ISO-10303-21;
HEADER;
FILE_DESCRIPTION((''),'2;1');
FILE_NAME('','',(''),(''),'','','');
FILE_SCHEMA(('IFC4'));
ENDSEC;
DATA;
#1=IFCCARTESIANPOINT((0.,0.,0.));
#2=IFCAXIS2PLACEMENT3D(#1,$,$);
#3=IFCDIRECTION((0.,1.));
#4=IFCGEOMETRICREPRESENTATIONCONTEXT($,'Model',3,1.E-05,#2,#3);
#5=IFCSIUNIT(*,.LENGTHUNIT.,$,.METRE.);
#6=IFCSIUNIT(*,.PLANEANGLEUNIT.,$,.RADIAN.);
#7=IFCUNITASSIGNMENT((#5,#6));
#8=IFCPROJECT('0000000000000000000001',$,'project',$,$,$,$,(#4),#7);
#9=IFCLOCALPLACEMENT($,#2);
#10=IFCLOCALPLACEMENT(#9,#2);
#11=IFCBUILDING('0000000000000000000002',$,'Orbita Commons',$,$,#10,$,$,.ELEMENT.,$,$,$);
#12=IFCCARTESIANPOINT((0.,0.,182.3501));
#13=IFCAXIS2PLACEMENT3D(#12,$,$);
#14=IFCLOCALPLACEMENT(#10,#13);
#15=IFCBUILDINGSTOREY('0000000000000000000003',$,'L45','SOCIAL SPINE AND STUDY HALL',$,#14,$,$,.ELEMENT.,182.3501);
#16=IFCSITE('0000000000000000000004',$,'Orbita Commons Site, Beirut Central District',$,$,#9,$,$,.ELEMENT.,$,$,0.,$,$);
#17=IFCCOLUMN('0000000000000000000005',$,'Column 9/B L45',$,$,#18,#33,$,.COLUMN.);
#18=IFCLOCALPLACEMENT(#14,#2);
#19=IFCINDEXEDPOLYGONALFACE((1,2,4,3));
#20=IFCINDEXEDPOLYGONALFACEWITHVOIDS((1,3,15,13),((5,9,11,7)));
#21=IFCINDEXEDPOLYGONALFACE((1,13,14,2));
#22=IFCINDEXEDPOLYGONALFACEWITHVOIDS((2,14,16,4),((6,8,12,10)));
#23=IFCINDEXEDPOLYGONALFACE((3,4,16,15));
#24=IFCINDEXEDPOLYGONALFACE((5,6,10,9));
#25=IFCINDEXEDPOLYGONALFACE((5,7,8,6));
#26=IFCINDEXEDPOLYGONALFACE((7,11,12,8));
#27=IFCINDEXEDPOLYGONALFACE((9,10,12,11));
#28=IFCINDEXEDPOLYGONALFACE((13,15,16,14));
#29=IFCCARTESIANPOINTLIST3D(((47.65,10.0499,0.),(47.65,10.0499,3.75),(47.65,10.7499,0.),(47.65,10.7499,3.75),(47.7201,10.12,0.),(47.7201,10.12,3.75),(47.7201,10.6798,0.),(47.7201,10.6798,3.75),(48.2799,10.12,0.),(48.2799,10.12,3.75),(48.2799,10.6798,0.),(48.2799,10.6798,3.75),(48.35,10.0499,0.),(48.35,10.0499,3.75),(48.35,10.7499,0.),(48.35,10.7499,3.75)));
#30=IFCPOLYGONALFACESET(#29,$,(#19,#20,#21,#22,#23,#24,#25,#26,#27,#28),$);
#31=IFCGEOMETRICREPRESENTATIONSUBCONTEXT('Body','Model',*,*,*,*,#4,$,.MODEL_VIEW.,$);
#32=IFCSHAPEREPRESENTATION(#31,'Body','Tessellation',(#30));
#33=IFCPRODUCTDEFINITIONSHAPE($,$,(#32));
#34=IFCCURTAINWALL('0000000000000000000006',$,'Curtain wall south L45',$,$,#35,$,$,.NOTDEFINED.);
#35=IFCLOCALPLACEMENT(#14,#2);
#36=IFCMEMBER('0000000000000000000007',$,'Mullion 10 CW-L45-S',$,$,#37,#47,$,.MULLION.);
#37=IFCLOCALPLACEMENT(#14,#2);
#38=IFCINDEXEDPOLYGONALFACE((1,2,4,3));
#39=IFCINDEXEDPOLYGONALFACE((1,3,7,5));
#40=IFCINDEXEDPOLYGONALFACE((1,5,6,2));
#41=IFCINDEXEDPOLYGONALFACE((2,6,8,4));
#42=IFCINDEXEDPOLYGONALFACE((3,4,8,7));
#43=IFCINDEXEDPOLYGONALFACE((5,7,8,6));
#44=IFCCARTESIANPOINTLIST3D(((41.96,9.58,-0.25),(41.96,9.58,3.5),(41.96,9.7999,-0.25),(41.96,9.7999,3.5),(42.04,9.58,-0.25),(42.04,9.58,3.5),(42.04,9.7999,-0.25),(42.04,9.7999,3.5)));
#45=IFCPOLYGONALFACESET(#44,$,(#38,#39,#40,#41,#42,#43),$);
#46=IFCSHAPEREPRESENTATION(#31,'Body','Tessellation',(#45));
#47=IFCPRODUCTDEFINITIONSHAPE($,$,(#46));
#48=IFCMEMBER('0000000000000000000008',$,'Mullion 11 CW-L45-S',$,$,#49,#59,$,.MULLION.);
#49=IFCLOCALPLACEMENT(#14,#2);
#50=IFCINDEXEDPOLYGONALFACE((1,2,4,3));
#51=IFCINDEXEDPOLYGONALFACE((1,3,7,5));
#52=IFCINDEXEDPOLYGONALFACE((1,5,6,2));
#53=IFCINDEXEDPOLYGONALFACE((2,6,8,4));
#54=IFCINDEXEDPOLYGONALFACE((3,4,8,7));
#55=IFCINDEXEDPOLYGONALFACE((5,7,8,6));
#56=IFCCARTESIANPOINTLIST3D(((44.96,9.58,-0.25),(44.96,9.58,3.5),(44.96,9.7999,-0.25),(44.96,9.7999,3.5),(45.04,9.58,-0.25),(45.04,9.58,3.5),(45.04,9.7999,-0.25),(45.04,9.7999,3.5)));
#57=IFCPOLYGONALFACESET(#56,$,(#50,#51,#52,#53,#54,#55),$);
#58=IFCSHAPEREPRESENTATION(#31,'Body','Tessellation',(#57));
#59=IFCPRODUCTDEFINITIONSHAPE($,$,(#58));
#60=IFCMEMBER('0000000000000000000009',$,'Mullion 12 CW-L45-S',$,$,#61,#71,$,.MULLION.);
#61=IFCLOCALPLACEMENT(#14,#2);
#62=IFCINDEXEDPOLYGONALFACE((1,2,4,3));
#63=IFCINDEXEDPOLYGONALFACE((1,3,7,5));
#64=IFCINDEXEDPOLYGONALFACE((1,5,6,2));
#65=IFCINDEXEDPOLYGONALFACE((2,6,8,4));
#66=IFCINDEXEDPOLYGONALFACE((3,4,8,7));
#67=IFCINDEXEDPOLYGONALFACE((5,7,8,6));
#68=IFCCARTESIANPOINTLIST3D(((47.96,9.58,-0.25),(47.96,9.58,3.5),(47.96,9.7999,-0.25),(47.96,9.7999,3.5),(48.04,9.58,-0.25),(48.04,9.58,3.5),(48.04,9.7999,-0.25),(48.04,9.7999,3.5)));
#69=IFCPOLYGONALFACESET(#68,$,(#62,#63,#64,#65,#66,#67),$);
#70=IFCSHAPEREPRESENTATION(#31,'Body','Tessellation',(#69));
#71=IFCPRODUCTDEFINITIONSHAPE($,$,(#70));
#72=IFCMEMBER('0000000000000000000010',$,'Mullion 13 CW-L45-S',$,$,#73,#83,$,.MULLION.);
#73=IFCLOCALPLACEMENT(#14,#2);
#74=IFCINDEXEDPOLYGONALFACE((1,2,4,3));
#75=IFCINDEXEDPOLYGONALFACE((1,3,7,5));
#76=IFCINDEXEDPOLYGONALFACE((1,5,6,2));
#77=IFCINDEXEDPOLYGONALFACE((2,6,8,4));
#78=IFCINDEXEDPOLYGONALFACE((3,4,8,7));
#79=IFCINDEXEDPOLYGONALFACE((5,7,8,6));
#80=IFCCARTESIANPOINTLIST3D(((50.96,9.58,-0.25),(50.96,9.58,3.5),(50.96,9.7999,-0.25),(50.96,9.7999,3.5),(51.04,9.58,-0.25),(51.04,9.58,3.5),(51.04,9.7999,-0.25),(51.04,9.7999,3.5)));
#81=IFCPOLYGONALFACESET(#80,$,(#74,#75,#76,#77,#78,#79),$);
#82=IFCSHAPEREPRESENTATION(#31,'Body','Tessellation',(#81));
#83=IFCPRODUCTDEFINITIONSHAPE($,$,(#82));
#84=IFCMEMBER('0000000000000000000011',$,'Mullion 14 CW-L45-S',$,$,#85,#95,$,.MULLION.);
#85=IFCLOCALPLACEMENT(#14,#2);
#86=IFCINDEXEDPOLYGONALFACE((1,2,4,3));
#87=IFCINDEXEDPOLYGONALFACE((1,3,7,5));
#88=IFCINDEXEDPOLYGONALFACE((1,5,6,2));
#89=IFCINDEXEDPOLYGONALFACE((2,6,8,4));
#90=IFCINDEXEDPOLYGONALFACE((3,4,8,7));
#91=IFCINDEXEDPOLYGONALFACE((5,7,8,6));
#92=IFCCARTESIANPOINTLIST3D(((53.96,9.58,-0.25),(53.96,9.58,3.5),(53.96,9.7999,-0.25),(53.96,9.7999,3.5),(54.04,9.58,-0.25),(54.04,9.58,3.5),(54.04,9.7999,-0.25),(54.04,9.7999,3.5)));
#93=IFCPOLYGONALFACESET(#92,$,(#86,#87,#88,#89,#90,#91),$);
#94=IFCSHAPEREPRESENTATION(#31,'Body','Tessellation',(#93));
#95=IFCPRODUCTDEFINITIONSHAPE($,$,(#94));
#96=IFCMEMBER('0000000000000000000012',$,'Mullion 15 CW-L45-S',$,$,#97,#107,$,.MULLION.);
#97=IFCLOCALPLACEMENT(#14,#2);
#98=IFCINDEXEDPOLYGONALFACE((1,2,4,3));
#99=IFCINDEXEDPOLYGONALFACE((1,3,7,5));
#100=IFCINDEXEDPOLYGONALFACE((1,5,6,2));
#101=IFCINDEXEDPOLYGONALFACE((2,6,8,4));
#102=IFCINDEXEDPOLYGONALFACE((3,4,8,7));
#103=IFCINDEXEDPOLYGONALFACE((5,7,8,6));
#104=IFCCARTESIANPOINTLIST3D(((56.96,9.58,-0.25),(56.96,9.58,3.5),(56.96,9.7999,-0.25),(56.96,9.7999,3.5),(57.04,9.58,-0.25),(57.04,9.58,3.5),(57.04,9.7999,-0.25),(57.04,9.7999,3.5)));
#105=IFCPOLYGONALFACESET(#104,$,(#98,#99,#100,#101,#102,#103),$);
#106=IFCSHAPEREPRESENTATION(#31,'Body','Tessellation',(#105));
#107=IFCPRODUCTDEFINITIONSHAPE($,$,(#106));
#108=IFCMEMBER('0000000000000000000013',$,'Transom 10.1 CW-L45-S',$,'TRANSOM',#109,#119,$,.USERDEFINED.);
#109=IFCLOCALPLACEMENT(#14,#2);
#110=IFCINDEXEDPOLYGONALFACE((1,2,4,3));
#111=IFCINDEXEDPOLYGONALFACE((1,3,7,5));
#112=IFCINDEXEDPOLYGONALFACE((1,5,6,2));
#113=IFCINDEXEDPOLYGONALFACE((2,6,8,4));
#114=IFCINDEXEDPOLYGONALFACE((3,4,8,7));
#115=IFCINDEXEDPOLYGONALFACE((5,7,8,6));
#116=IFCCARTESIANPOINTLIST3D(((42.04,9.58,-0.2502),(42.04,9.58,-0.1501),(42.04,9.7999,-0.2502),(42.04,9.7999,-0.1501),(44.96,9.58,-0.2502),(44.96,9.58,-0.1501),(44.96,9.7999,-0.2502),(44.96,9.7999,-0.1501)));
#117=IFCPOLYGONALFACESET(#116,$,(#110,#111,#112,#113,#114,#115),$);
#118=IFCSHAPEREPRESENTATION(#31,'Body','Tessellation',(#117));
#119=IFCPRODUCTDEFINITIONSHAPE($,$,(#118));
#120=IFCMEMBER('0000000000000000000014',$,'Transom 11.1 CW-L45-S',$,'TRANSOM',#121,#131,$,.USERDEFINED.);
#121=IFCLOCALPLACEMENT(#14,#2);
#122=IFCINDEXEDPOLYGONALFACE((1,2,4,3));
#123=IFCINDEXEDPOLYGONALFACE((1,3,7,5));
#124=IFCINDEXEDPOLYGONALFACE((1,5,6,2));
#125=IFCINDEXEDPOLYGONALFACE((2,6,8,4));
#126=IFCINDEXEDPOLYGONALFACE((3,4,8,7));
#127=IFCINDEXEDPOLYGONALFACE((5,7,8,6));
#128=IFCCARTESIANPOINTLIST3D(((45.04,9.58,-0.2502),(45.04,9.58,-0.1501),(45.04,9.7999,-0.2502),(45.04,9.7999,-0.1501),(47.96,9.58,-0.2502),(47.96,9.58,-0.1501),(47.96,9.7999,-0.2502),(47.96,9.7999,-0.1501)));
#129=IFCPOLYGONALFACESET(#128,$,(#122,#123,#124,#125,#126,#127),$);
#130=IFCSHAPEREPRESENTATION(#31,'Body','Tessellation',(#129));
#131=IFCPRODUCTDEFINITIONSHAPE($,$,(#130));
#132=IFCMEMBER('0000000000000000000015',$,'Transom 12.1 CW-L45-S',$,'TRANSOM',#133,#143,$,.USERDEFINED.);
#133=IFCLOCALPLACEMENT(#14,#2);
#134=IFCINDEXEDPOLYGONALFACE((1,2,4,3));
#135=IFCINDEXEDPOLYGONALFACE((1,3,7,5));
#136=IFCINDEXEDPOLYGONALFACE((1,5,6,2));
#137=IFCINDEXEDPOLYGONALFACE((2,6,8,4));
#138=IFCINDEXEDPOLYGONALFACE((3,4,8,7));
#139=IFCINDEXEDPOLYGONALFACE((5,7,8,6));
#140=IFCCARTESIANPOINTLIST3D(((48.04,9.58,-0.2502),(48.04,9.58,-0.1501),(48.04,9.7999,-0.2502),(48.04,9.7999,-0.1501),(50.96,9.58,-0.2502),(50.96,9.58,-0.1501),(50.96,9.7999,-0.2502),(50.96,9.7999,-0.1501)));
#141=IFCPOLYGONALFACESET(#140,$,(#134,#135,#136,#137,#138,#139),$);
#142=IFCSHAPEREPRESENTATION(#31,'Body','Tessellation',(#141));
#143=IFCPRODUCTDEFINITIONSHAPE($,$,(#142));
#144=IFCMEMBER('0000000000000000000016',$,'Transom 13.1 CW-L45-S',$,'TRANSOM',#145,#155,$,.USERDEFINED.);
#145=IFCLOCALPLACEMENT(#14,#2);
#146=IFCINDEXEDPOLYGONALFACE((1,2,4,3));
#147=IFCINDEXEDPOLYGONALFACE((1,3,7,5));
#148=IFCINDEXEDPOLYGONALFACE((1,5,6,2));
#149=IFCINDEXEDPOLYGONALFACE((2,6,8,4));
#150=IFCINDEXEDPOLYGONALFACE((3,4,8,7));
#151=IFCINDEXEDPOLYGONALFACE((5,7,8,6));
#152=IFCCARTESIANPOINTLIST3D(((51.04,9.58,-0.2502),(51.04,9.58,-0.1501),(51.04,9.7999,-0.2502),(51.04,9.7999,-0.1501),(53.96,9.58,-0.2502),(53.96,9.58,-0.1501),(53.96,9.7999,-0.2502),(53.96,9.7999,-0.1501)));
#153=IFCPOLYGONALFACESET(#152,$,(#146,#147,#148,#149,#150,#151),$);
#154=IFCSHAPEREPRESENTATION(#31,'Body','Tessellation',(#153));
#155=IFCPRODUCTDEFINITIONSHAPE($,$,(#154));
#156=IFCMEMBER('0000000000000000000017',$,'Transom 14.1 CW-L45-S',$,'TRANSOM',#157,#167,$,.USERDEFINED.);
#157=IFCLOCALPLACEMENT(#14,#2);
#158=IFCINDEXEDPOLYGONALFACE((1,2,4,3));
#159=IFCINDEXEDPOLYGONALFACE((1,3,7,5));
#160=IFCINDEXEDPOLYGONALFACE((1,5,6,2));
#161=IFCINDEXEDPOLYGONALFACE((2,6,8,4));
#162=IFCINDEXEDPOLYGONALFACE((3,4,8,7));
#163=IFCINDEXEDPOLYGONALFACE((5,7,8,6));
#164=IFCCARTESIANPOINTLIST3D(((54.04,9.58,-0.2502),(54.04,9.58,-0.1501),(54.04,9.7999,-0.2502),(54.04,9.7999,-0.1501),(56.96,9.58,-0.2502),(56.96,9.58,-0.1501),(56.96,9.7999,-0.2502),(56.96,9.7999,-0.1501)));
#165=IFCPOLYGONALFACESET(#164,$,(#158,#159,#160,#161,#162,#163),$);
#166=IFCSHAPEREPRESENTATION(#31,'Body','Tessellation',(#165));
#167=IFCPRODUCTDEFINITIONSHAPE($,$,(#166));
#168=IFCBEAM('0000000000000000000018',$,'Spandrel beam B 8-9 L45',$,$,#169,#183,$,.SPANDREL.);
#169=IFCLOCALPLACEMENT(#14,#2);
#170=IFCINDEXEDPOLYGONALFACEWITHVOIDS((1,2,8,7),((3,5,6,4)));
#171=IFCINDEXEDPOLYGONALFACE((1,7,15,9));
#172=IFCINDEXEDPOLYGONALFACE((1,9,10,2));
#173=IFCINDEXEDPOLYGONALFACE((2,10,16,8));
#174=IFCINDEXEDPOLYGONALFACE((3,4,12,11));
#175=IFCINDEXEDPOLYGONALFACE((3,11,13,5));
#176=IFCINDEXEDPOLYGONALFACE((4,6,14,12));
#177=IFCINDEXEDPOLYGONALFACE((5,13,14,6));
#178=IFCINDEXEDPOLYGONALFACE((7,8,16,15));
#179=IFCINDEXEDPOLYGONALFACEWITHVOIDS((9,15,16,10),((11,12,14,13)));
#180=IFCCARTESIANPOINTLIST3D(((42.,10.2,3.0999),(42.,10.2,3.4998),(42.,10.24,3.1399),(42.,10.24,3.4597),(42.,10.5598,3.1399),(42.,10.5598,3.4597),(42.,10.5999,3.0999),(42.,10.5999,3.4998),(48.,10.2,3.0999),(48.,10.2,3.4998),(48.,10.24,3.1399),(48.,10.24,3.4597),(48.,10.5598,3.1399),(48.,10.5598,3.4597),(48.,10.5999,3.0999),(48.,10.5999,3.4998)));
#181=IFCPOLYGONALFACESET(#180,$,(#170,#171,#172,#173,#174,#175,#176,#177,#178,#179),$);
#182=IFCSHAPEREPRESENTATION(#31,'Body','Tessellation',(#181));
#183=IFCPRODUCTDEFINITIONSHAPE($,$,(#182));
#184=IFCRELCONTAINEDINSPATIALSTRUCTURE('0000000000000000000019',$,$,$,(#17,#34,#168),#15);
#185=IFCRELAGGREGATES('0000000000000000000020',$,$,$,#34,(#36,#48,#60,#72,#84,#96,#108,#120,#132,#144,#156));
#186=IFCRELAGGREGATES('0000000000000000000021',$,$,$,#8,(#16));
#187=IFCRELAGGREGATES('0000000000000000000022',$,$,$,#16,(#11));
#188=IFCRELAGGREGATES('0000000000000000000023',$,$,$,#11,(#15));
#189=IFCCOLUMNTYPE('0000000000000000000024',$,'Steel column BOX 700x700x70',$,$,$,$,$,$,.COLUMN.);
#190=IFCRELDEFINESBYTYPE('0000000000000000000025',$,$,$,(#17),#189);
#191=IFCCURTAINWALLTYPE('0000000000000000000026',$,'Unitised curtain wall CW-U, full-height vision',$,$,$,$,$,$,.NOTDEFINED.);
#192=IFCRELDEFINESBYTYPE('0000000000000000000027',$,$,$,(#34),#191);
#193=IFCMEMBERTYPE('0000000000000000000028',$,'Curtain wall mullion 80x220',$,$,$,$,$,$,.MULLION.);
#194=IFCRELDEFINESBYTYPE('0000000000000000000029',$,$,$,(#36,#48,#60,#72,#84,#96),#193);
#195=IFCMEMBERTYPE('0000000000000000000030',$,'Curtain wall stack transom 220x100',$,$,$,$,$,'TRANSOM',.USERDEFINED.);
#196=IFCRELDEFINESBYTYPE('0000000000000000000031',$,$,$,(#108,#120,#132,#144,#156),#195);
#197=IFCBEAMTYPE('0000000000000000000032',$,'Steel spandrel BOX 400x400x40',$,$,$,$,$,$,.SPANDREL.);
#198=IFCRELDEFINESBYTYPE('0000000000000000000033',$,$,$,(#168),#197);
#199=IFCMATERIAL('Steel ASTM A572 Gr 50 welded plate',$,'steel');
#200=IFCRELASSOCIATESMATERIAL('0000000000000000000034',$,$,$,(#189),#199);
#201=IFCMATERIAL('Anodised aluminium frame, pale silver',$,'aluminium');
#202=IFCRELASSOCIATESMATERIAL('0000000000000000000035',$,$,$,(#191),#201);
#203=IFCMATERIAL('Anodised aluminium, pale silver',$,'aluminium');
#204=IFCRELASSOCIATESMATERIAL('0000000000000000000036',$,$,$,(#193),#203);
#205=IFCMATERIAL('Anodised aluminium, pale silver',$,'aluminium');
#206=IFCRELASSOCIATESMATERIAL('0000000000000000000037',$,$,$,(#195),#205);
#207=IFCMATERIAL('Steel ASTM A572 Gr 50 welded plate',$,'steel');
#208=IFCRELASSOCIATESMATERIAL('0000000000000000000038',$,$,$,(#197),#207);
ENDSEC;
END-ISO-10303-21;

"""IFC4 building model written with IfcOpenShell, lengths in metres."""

from ifc_helpers import new_model, si_unit, direction, frame, origin, origin_2d, place, context, subcontext, project, spatial, rectangle, hollow_rectangle, extrude, material, material_profile, profile_set, type_object, element, aggregate, save


model = new_model("IFC4")

# Units and contexts
model_context = context("Model", 3, precision=1e-05, world=origin(), true_north=direction((0.0, 1.0)))
body_context = subcontext(model_context, "Body", "Model", "MODEL_VIEW")
ifc_project = project(units=[si_unit("LENGTHUNIT", "METRE"), si_unit("PLANEANGLEUNIT", "RADIAN")], contexts=[model_context])

# Site, building, storey
site_placement = place(None, origin())
site = spatial("IfcSite", under=ifc_project, at=site_placement, Name="Orbita Commons Site, Beirut Central District", CompositionType="ELEMENT", RefElevation=0.0)
building_placement = place(site_placement, origin())
building = spatial("IfcBuilding", under=site, at=building_placement, Name="Orbita Commons", CompositionType="ELEMENT")
storey_placement = place(building_placement, frame((0.0, 0.0, 182.3501)))
storey = spatial("IfcBuildingStorey", under=building, at=storey_placement, Name="L45", Description="SOCIAL SPINE AND STUDY HALL", CompositionType="ELEMENT", Elevation=182.3501)

# Column
ifc_material_1 = material(Name="Steel ASTM A572 Gr 50 welded plate", Category="steel")
ifc_material_profile_1 = material_profile(ifc_material_1, hollow_rectangle(XDim=0.7, YDim=0.7, WallThickness=0.0701, at=origin_2d()), Name="BOX 700x700x70")
ifc_profile_set_1 = profile_set([ifc_material_profile_1], Name="Steel ASTM A572 Gr 50 welded plate")
column_type = type_object("IfcColumnType", Name="Steel column BOX 700x700x70", PredefinedType="COLUMN", material=ifc_profile_set_1)
column_placement = place(storey_placement, frame((48.0, 10.3999, 0.0), z_axis=(0.0, 0.0, 1.0), x_axis=(1.0, 0.0, 0.0)))
element("IfcColumn", 1, at=column_placement, inside=storey, type_object=column_type, Name="Column 9/B L45", PredefinedType="COLUMN", context=body_context, shape_type="SweptSolid", body=[
    extrude(hollow_rectangle(XDim=0.7, YDim=0.7, WallThickness=0.0701, at=origin_2d()), origin(), (0.0, 0.0, 1.0), 3.75),
])

# Curtain wall, members
ifc_material_2 = material(Name="Anodised aluminium frame, pale silver", Category="aluminium")
curtain_wall_type = type_object("IfcCurtainWallType", Name="Unitised curtain wall CW-U, full-height vision", PredefinedType="NOTDEFINED", material=ifc_material_2)
curtain_wall_placement = place(storey_placement, origin())
curtain_wall = element("IfcCurtainWall", 2, at=curtain_wall_placement, inside=storey, type_object=curtain_wall_type, Name="Curtain wall south L45", PredefinedType="NOTDEFINED")
ifc_material_3 = material(Name="Anodised aluminium, pale silver", Category="aluminium")
ifc_material_profile_2 = material_profile(ifc_material_3, rectangle(XDim=0.0801, YDim=0.22, at=origin_2d()), Name="AL 80x220")
ifc_profile_set_2 = profile_set([ifc_material_profile_2], Name="Anodised aluminium, pale silver")
member_type_1 = type_object("IfcMemberType", Name="Curtain wall mullion 80x220", PredefinedType="MULLION", material=ifc_profile_set_2)
member_1_placement = place(storey_placement, frame((42.0, 9.6899, -0.25), z_axis=(0.0, 0.0, 1.0), x_axis=(1.0, 0.0, 0.0)))
member_1 = element("IfcMember", 3, at=member_1_placement, type_object=member_type_1, Name="Mullion 10 CW-L45-S", PredefinedType="MULLION", context=body_context, shape_type="SweptSolid", body=[
    extrude(rectangle(XDim=0.0801, YDim=0.22, at=origin_2d()), origin(), (0.0, 0.0, 1.0), 3.75),
])
member_2_placement = place(storey_placement, frame((45.0, 9.6899, -0.25), z_axis=(0.0, 0.0, 1.0), x_axis=(1.0, 0.0, 0.0)))
member_2 = element("IfcMember", 4, at=member_2_placement, type_object=member_type_1, Name="Mullion 11 CW-L45-S", PredefinedType="MULLION", context=body_context, shape_type="SweptSolid", body=[
    extrude(rectangle(XDim=0.0801, YDim=0.22, at=origin_2d()), origin(), (0.0, 0.0, 1.0), 3.75),
])
member_3_placement = place(storey_placement, frame((48.0, 9.6899, -0.25), z_axis=(0.0, 0.0, 1.0), x_axis=(1.0, 0.0, 0.0)))
member_3 = element("IfcMember", 5, at=member_3_placement, type_object=member_type_1, Name="Mullion 12 CW-L45-S", PredefinedType="MULLION", context=body_context, shape_type="SweptSolid", body=[
    extrude(rectangle(XDim=0.0801, YDim=0.22, at=origin_2d()), origin(), (0.0, 0.0, 1.0), 3.75),
])
member_4_placement = place(storey_placement, frame((51.0, 9.6899, -0.25), z_axis=(0.0, 0.0, 1.0), x_axis=(1.0, 0.0, 0.0)))
member_4 = element("IfcMember", 6, at=member_4_placement, type_object=member_type_1, Name="Mullion 13 CW-L45-S", PredefinedType="MULLION", context=body_context, shape_type="SweptSolid", body=[
    extrude(rectangle(XDim=0.0801, YDim=0.22, at=origin_2d()), origin(), (0.0, 0.0, 1.0), 3.75),
])
member_5_placement = place(storey_placement, frame((54.0, 9.6899, -0.25), z_axis=(0.0, 0.0, 1.0), x_axis=(1.0, 0.0, 0.0)))
member_5 = element("IfcMember", 7, at=member_5_placement, type_object=member_type_1, Name="Mullion 14 CW-L45-S", PredefinedType="MULLION", context=body_context, shape_type="SweptSolid", body=[
    extrude(rectangle(XDim=0.0801, YDim=0.22, at=origin_2d()), origin(), (0.0, 0.0, 1.0), 3.75),
])
member_6_placement = place(storey_placement, frame((57.0, 9.6899, -0.25), z_axis=(0.0, 0.0, 1.0), x_axis=(1.0, 0.0, 0.0)))
member_6 = element("IfcMember", 8, at=member_6_placement, type_object=member_type_1, Name="Mullion 15 CW-L45-S", PredefinedType="MULLION", context=body_context, shape_type="SweptSolid", body=[
    extrude(rectangle(XDim=0.0801, YDim=0.22, at=origin_2d()), origin(), (0.0, 0.0, 1.0), 3.75),
])
ifc_material_4 = material(Name="Anodised aluminium, pale silver", Category="aluminium")
ifc_material_profile_3 = material_profile(ifc_material_4, rectangle(XDim=0.22, YDim=0.1001, at=origin_2d()), Name="AL 220x100")
ifc_profile_set_3 = profile_set([ifc_material_profile_3], Name="Anodised aluminium, pale silver")
member_type_2 = type_object("IfcMemberType", Name="Curtain wall stack transom 220x100", ElementType="TRANSOM", PredefinedType="USERDEFINED", material=ifc_profile_set_3)
member_7_placement = place(storey_placement, frame((42.04, 9.6899, -0.2002), z_axis=(1.0, 0.0, 0.0), x_axis=(0.0, 1.0, 0.0)))
member_7 = element("IfcMember", 9, at=member_7_placement, type_object=member_type_2, Name="Transom 10.1 CW-L45-S", ObjectType="TRANSOM", PredefinedType="USERDEFINED", context=body_context, shape_type="SweptSolid", body=[
    extrude(rectangle(XDim=0.22, YDim=0.1001, at=origin_2d()), origin(), (0.0, 0.0, 1.0), 2.9199),
])
member_8_placement = place(storey_placement, frame((45.04, 9.6899, -0.2002), z_axis=(1.0, 0.0, 0.0), x_axis=(0.0, 1.0, 0.0)))
member_8 = element("IfcMember", 10, at=member_8_placement, type_object=member_type_2, Name="Transom 11.1 CW-L45-S", ObjectType="TRANSOM", PredefinedType="USERDEFINED", context=body_context, shape_type="SweptSolid", body=[
    extrude(rectangle(XDim=0.22, YDim=0.1001, at=origin_2d()), origin(), (0.0, 0.0, 1.0), 2.9199),
])
member_9_placement = place(storey_placement, frame((48.04, 9.6899, -0.2002), z_axis=(1.0, 0.0, 0.0), x_axis=(0.0, 1.0, 0.0)))
member_9 = element("IfcMember", 11, at=member_9_placement, type_object=member_type_2, Name="Transom 12.1 CW-L45-S", ObjectType="TRANSOM", PredefinedType="USERDEFINED", context=body_context, shape_type="SweptSolid", body=[
    extrude(rectangle(XDim=0.22, YDim=0.1001, at=origin_2d()), origin(), (0.0, 0.0, 1.0), 2.9199),
])
member_10_placement = place(storey_placement, frame((51.04, 9.6899, -0.2002), z_axis=(1.0, 0.0, 0.0), x_axis=(0.0, 1.0, 0.0)))
member_10 = element("IfcMember", 12, at=member_10_placement, type_object=member_type_2, Name="Transom 13.1 CW-L45-S", ObjectType="TRANSOM", PredefinedType="USERDEFINED", context=body_context, shape_type="SweptSolid", body=[
    extrude(rectangle(XDim=0.22, YDim=0.1001, at=origin_2d()), origin(), (0.0, 0.0, 1.0), 2.9199),
])
member_11_placement = place(storey_placement, frame((54.04, 9.6899, -0.2002), z_axis=(1.0, 0.0, 0.0), x_axis=(0.0, 1.0, 0.0)))
member_11 = element("IfcMember", 13, at=member_11_placement, type_object=member_type_2, Name="Transom 14.1 CW-L45-S", ObjectType="TRANSOM", PredefinedType="USERDEFINED", context=body_context, shape_type="SweptSolid", body=[
    extrude(rectangle(XDim=0.22, YDim=0.1001, at=origin_2d()), origin(), (0.0, 0.0, 1.0), 2.9199),
])

# Beam
ifc_material_5 = material(Name="Steel ASTM A572 Gr 50 welded plate", Category="steel")
ifc_material_profile_4 = material_profile(ifc_material_5, hollow_rectangle(XDim=0.3999, YDim=0.3999, WallThickness=0.04, at=origin_2d()), Name="BOX 400x400x40")
ifc_profile_set_4 = profile_set([ifc_material_profile_4], Name="Steel ASTM A572 Gr 50 welded plate")
beam_type = type_object("IfcBeamType", Name="Steel spandrel BOX 400x400x40", PredefinedType="SPANDREL", material=ifc_profile_set_4)
beam_placement = place(storey_placement, frame((42.0, 10.3999, 3.2998), z_axis=(1.0, 0.0, 0.0), x_axis=(0.0, 1.0, 0.0)))
element("IfcBeam", 14, at=beam_placement, inside=storey, type_object=beam_type, Name="Spandrel beam B 8-9 L45", PredefinedType="SPANDREL", context=body_context, shape_type="SweptSolid", body=[
    extrude(hollow_rectangle(XDim=0.3999, YDim=0.3999, WallThickness=0.04, at=origin_2d()), origin(), (0.0, 0.0, 1.0), 6.0),
])

aggregate(curtain_wall, [member_1, member_2, member_3, member_4, member_5, member_6, member_7, member_8, member_9, member_10, member_11])

save(model, "model.ifc")
